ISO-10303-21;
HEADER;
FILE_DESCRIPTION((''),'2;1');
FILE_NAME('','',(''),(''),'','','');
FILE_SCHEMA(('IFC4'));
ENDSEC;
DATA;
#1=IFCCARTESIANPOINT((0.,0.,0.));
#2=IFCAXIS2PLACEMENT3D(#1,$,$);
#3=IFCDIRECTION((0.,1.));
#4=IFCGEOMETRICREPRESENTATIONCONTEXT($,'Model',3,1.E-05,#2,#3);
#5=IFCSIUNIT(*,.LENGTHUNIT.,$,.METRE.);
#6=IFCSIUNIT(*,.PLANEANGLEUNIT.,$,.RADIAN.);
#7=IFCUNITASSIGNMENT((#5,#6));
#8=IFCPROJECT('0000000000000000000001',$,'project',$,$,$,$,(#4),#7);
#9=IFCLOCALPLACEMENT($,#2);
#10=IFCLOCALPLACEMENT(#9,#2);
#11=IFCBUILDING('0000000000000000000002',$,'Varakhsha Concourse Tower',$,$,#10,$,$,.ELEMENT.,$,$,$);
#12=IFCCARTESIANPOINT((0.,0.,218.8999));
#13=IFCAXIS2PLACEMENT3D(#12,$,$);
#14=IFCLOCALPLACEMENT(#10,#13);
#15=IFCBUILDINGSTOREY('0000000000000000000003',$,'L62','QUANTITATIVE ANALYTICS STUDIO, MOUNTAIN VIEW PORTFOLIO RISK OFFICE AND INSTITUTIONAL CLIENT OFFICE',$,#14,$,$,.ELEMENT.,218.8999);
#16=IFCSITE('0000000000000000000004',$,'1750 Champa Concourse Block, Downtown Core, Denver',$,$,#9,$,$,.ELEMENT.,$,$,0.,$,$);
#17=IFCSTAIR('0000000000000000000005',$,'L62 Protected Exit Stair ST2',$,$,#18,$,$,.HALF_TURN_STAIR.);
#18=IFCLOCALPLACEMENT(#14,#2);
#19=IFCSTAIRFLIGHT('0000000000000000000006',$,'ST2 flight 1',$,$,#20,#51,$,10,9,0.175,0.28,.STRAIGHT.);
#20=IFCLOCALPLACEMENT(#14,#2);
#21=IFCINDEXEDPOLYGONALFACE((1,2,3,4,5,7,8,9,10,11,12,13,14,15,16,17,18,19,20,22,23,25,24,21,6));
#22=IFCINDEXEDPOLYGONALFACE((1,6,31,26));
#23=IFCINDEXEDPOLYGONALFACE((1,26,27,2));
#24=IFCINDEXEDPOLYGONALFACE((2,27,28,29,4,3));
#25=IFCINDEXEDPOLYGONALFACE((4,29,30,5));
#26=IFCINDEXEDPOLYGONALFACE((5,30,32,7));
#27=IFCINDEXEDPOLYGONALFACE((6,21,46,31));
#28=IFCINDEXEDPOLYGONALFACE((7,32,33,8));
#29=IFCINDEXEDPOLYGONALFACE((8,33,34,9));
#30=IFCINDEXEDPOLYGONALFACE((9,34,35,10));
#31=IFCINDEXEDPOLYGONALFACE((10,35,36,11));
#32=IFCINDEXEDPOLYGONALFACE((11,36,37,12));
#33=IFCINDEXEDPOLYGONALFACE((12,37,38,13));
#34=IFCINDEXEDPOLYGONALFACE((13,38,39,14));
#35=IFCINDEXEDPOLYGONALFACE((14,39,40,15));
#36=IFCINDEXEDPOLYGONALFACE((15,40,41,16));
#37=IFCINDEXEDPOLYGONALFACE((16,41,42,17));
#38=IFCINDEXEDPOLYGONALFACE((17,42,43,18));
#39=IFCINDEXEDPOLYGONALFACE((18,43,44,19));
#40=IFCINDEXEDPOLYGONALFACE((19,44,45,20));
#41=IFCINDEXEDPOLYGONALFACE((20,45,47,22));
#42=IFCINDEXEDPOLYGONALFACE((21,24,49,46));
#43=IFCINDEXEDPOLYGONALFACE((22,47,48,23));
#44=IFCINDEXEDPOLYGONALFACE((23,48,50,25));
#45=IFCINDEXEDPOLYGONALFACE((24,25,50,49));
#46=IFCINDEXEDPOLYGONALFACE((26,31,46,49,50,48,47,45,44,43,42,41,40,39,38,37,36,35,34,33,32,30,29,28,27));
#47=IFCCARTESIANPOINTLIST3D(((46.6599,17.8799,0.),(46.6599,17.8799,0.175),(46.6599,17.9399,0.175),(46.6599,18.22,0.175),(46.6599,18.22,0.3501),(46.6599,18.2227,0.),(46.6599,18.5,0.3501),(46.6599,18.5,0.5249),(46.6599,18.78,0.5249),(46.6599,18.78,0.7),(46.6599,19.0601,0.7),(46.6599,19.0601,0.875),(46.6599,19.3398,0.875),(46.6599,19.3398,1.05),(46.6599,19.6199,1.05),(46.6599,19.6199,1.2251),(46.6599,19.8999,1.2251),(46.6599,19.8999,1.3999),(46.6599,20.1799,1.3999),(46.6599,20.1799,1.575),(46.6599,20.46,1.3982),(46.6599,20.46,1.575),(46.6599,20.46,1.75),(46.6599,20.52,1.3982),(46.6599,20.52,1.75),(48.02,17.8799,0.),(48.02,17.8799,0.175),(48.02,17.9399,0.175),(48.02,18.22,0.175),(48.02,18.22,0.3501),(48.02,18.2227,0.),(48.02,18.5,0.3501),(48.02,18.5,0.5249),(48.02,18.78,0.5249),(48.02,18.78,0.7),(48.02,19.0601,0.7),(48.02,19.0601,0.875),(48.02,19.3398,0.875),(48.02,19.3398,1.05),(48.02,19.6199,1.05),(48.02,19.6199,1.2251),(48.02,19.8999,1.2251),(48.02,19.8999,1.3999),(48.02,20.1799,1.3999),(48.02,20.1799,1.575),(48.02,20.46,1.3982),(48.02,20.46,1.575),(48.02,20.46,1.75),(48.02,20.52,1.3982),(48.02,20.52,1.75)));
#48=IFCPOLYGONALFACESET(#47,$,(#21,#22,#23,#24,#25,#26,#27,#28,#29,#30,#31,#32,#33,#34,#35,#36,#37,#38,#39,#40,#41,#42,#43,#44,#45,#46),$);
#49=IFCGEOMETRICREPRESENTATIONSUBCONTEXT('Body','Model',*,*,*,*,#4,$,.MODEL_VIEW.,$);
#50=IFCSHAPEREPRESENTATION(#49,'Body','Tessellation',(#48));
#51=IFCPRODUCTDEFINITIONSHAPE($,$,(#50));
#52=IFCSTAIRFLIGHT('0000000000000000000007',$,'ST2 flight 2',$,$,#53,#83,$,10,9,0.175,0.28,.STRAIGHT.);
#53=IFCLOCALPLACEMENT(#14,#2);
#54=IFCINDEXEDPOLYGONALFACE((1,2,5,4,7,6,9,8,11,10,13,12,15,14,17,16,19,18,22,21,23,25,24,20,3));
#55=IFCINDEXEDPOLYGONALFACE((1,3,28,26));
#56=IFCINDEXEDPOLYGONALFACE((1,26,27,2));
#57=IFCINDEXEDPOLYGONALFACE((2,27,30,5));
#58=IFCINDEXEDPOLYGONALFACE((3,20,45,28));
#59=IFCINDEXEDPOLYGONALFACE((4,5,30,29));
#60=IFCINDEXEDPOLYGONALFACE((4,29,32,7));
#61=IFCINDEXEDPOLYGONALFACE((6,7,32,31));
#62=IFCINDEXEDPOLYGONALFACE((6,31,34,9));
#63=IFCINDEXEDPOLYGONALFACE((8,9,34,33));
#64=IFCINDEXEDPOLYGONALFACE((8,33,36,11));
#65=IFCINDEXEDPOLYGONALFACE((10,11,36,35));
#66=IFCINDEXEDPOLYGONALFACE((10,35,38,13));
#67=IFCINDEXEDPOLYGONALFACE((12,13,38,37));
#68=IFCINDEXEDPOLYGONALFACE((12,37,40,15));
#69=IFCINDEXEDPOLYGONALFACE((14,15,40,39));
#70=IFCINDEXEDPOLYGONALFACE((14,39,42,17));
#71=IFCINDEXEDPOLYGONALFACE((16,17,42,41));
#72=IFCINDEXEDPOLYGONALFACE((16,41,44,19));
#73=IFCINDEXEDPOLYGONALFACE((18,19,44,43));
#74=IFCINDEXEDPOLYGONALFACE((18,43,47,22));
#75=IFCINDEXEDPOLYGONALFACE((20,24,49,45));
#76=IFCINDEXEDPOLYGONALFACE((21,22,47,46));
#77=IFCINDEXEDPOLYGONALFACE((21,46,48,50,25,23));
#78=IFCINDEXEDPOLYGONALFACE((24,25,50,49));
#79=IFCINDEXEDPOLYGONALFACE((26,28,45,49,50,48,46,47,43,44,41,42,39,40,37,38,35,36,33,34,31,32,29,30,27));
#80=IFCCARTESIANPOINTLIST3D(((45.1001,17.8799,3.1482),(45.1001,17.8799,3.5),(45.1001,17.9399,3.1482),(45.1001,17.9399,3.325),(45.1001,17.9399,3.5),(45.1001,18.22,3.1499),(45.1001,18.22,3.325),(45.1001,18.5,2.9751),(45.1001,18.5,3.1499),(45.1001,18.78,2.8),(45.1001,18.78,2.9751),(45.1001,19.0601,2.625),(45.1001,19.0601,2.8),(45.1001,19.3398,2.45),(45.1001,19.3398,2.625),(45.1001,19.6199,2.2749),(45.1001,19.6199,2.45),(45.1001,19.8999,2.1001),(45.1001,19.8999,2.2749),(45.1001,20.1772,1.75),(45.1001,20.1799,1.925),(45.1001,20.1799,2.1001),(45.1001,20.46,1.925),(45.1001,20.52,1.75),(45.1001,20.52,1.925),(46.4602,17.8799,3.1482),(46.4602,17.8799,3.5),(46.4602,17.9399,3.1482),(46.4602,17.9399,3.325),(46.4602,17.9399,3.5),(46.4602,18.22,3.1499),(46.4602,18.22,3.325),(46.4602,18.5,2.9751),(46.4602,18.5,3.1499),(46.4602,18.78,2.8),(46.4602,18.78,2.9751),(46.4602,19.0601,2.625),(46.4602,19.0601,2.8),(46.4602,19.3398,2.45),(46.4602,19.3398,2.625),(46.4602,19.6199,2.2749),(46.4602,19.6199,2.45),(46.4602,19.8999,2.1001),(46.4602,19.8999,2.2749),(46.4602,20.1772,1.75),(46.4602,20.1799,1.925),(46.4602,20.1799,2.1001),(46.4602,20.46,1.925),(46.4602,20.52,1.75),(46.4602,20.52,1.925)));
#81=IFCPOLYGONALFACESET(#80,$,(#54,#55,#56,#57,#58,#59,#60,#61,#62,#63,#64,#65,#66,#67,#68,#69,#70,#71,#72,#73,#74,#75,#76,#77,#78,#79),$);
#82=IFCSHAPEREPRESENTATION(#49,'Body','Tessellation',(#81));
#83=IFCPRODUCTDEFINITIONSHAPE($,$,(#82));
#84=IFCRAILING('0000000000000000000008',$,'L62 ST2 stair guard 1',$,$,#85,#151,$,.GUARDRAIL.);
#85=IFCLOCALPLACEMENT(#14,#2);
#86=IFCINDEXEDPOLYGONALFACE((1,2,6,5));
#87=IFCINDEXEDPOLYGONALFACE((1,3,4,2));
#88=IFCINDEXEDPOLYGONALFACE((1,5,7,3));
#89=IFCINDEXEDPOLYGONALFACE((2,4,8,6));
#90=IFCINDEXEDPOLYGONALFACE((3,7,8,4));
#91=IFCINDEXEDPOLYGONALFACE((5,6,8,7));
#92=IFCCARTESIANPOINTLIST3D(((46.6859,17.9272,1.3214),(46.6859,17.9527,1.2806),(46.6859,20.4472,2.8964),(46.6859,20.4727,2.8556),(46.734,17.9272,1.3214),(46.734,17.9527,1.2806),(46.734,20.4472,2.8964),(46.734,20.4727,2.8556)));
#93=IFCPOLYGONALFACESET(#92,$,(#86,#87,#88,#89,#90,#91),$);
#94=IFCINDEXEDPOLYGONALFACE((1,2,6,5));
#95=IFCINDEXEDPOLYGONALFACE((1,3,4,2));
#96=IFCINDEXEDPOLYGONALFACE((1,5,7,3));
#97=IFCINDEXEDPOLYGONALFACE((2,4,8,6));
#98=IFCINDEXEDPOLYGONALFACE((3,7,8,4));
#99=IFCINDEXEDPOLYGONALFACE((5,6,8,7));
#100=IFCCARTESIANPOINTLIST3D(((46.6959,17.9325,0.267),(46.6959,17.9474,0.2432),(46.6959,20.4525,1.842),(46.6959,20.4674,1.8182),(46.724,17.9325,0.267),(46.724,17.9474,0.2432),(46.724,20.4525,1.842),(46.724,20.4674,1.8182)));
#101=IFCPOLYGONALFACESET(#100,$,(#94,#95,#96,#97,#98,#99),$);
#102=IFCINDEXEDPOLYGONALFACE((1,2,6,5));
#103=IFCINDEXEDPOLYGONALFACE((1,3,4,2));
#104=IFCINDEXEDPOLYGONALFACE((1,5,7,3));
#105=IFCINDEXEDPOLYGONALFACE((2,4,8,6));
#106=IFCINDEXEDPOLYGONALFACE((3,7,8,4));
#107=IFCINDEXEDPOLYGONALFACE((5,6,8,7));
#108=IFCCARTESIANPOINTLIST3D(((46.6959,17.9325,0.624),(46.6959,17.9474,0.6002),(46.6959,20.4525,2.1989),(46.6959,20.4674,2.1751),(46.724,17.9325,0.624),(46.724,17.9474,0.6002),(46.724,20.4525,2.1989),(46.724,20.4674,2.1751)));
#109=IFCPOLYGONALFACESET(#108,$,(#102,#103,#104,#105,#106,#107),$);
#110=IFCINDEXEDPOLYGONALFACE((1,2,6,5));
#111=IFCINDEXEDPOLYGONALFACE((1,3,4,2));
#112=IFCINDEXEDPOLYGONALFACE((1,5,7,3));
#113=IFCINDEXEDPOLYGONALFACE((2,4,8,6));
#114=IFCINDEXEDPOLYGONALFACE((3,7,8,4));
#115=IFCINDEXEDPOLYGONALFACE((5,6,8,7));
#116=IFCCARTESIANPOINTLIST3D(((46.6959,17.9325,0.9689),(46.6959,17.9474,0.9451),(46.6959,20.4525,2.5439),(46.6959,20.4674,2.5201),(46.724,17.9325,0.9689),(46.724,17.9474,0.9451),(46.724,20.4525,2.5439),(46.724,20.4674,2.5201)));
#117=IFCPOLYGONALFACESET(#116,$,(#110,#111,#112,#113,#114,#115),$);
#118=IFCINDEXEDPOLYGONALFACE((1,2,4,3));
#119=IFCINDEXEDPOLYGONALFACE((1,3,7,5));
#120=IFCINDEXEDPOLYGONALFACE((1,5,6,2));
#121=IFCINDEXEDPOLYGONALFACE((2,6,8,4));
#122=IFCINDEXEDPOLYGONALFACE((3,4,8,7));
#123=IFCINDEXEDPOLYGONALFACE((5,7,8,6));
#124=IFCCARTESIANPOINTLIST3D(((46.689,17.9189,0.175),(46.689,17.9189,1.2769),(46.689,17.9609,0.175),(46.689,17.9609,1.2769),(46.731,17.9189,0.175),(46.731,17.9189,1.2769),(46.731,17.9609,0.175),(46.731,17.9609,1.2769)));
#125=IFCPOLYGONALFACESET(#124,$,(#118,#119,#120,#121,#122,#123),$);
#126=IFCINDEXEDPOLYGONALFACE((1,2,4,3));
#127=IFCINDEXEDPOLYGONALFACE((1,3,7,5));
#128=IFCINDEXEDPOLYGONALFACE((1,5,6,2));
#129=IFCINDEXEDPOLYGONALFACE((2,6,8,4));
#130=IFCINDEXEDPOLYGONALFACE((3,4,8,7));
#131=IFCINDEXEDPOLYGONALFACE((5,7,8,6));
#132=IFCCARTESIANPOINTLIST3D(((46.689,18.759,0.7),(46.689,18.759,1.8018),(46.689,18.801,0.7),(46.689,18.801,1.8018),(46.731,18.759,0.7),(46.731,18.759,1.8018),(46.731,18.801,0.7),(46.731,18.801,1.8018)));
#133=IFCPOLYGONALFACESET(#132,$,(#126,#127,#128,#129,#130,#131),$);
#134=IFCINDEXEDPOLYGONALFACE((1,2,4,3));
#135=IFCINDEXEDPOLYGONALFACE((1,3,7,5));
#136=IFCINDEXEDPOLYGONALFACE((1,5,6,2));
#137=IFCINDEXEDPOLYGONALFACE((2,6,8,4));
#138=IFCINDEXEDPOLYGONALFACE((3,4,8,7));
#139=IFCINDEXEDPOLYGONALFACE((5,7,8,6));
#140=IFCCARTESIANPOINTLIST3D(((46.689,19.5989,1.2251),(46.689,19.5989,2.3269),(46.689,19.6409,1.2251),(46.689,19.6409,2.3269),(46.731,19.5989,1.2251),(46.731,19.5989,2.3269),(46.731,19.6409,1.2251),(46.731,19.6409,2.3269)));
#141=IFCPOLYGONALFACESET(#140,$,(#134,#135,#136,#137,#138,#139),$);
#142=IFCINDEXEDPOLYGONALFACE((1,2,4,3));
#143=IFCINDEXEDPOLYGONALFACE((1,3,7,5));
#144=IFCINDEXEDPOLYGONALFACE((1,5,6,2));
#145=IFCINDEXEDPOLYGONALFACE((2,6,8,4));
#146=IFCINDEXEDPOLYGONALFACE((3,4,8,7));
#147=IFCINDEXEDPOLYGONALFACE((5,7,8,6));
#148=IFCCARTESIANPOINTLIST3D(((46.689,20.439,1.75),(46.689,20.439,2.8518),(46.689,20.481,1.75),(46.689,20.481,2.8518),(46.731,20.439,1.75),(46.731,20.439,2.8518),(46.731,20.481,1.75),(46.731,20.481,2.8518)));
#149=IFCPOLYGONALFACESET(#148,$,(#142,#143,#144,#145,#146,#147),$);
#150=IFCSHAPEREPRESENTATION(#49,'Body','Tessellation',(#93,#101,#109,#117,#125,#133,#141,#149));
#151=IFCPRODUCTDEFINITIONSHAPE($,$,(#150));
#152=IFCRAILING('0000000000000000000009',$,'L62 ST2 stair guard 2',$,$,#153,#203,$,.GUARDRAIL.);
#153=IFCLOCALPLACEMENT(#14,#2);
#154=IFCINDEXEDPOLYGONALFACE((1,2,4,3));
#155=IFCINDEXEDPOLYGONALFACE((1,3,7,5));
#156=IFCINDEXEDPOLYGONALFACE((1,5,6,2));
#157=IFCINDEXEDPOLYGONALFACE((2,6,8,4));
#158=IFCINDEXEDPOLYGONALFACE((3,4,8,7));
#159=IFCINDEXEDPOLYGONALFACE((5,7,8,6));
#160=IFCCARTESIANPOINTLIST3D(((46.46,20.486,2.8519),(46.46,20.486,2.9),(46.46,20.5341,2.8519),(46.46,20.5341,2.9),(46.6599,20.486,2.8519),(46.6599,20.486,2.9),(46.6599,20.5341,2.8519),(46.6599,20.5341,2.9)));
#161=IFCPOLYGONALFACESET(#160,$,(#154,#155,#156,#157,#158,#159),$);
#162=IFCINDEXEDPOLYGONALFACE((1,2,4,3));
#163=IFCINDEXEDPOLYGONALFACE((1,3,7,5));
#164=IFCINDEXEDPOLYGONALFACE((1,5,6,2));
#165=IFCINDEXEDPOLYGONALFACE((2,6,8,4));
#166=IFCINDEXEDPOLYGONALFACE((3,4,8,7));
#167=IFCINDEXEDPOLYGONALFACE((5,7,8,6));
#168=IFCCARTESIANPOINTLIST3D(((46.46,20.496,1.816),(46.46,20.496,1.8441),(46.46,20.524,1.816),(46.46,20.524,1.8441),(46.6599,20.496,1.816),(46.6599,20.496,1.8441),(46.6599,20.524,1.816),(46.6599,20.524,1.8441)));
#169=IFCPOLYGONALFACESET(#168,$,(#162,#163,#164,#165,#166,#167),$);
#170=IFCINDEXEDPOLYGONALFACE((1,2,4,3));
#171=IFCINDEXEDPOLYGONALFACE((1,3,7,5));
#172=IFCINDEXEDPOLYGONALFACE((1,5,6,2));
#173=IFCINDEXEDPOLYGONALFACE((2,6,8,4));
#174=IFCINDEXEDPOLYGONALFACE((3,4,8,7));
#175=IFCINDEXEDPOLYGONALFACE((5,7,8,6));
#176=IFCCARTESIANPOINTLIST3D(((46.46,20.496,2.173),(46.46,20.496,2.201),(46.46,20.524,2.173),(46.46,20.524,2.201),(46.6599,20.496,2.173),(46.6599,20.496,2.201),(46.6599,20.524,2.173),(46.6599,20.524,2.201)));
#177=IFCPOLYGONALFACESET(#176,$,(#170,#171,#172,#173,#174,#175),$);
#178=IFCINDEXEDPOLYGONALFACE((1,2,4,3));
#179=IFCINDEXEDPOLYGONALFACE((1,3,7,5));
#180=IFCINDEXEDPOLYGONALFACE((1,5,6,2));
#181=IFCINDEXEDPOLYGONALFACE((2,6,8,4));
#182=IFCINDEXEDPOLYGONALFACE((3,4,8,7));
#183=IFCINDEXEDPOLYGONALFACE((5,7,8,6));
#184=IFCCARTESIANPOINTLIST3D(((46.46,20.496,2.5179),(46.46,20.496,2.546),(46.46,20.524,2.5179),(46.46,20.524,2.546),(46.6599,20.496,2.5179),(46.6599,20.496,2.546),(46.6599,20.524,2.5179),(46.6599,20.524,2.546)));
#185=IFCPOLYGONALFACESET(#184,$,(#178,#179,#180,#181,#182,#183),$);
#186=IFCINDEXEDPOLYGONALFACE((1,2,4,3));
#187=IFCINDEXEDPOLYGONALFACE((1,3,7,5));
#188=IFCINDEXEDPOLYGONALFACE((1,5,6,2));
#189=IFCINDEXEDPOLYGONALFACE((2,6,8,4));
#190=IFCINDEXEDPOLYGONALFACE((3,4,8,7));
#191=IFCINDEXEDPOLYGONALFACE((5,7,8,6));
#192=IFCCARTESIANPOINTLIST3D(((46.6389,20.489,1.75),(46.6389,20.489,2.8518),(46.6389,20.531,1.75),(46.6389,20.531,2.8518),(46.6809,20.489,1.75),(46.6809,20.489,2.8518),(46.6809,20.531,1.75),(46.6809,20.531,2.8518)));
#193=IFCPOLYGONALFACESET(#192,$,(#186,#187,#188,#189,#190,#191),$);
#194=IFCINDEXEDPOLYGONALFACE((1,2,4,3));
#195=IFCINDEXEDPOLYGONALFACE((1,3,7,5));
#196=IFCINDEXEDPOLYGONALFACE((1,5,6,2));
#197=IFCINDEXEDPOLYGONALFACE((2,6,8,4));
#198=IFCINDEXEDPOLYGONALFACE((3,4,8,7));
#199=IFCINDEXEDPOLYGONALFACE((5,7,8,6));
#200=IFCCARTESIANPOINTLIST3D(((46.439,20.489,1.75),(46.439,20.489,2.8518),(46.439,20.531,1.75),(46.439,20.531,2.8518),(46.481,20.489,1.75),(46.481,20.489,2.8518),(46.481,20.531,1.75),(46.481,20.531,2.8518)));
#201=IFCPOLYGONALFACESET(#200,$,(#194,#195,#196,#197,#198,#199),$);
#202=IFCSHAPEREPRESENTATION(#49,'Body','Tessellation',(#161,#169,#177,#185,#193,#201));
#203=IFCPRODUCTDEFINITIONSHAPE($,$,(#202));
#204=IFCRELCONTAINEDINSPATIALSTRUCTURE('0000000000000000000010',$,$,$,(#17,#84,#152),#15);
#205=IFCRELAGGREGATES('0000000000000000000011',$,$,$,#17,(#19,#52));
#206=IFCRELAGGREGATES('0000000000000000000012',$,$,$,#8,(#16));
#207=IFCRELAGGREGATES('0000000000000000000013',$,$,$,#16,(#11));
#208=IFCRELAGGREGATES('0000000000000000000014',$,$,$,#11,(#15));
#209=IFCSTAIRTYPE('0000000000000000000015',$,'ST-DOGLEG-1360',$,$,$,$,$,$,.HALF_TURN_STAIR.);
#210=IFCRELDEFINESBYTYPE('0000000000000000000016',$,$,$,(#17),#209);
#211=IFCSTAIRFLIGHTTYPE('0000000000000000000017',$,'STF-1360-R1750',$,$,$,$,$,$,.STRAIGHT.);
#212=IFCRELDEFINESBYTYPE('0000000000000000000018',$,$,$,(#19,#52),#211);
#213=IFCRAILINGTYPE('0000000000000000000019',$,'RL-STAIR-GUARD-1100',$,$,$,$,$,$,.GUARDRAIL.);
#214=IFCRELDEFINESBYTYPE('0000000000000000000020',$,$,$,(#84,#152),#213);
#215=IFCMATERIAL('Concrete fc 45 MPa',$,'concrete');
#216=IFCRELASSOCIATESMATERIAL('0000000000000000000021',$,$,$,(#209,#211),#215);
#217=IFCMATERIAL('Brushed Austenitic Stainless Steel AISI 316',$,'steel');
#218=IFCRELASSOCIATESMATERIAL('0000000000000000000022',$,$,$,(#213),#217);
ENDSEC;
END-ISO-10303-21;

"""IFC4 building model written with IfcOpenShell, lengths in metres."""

from ifc_helpers import new_model, si_unit, direction, frame, origin, origin_2d, place, context, subcontext, project, spatial, polyline, rectangle, outline, extrude, material, type_object, element, aggregate, save


model = new_model("IFC4")

# Units and contexts
model_context = context("Model", 3, precision=1e-05, world=origin(), true_north=direction((0.0, 1.0)))
body_context = subcontext(model_context, "Body", "Model", "MODEL_VIEW")
ifc_project = project(units=[si_unit("LENGTHUNIT", "METRE"), si_unit("PLANEANGLEUNIT", "RADIAN")], contexts=[model_context])

# Site, building, storey
site_placement = place(None, origin())
site = spatial("IfcSite", under=ifc_project, at=site_placement, Name="1750 Champa Concourse Block, Downtown Core, Denver", CompositionType="ELEMENT", RefElevation=0.0)
building_placement = place(site_placement, origin())
building = spatial("IfcBuilding", under=site, at=building_placement, Name="Varakhsha Concourse Tower", CompositionType="ELEMENT")
storey_placement = place(building_placement, frame((0.0, 0.0, 218.8999)))
storey = spatial("IfcBuildingStorey", under=building, at=storey_placement, Name="L62", Description="QUANTITATIVE ANALYTICS STUDIO, MOUNTAIN VIEW PORTFOLIO RISK OFFICE AND INSTITUTIONAL CLIENT OFFICE", CompositionType="ELEMENT", Elevation=218.8999)

# Shared definitions
ifc_material_1 = material(Name="Concrete fc 45 MPa", Category="concrete")

# Stair, stair flights
stair_type = type_object("IfcStairType", Name="ST-DOGLEG-1360", PredefinedType="HALF_TURN_STAIR", material=ifc_material_1)
stair_placement = place(storey_placement, origin())
stair = element("IfcStair", 1, at=stair_placement, inside=storey, type_object=stair_type, Name="L62 Protected Exit Stair ST2", PredefinedType="HALF_TURN_STAIR")
stair_flight_type = type_object("IfcStairFlightType", Name="STF-1360-R1750", PredefinedType="STRAIGHT", material=ifc_material_1)
stair_flight_1_placement = place(storey_placement, frame((47.3401, 17.9399, 0.0), z_axis=(0.0, 0.0, 1.0), x_axis=(0.0, 1.0, 0.0)))
stair_flight_1 = element("IfcStairFlight", 2, at=stair_flight_1_placement, type_object=stair_flight_type, Name="ST2 flight 1", NumberOfRisers=10, NumberOfTreads=9, PredefinedType="STRAIGHT", RiserHeight=0.175, TreadLength=0.28, context=body_context, shape_type="SweptSolid", body=[
    extrude(outline(polyline([(-0.0601, 0.0), (-0.0601, 0.175), (0.0, 0.175), (0.28, 0.175), (0.28, 0.3501), (0.5601, 0.3501), (0.5601, 0.5249), (0.8401, 0.5249), (0.8401, 0.7), (1.1201, 0.7), (1.1201, 0.875), (1.3999, 0.875), (1.3999, 1.05), (1.6799, 1.05), (1.6799, 1.2251), (1.96, 1.2251), (1.96, 1.3999), (2.24, 1.3999), (2.24, 1.575), (2.52, 1.575), (2.52, 1.75), (2.5801, 1.75), (2.5801, 1.3982), (2.52, 1.3982), (0.2827, 0.0), (-0.0601, 0.0)])), frame((0.0, 0.6802, 0.0), z_axis=(0.0, -1.0, 0.0), x_axis=(1.0, 0.0, 0.0)), (0.0, 0.0, 1.0), 1.3601),
])
stair_flight_2_placement = place(storey_placement, frame((45.78, 20.46, 1.75), z_axis=(0.0, 0.0, 1.0), x_axis=(0.0, -1.0, 0.0)))
stair_flight_2 = element("IfcStairFlight", 3, at=stair_flight_2_placement, type_object=stair_flight_type, Name="ST2 flight 2", NumberOfRisers=10, NumberOfTreads=9, PredefinedType="STRAIGHT", RiserHeight=0.175, TreadLength=0.28, context=body_context, shape_type="SweptSolid", body=[
    extrude(outline(polyline([(-0.0601, 0.0), (-0.0601, 0.175), (0.0, 0.175), (0.28, 0.175), (0.28, 0.3501), (0.5601, 0.3501), (0.5601, 0.5249), (0.8401, 0.5249), (0.8401, 0.7), (1.1201, 0.7), (1.1201, 0.875), (1.3999, 0.875), (1.3999, 1.05), (1.6799, 1.05), (1.6799, 1.2251), (1.96, 1.2251), (1.96, 1.3999), (2.24, 1.3999), (2.24, 1.575), (2.52, 1.575), (2.52, 1.75), (2.5801, 1.75), (2.5801, 1.3982), (2.52, 1.3982), (0.2827, 0.0), (-0.0601, 0.0)])), frame((0.0, 0.6802, 0.0), z_axis=(0.0, -1.0, 0.0), x_axis=(1.0, 0.0, 0.0)), (0.0, 0.0, 1.0), 1.3601),
])
aggregate(stair, [stair_flight_1, stair_flight_2])

# Railings
ifc_material_2 = material(Name="Brushed Austenitic Stainless Steel AISI 316", Category="steel")
railing_type_1 = type_object("IfcRailingType", Name="RL-STAIR-GUARD-1100", PredefinedType="GUARDRAIL", material=ifc_material_2)
railing_1_placement = place(storey_placement, frame((46.71, 17.9399, 0.175)))
element("IfcRailing", 4, at=railing_1_placement, inside=storey, type_object=railing_type_1, Name="L62 ST2 stair guard 1", PredefinedType="GUARDRAIL", context=body_context, shape_type="SweptSolid", body=[
    extrude(rectangle(XDim=0.0481, YDim=0.0481, at=origin_2d()), frame((0.0, 0.0, 1.126), z_axis=(0.0, 0.848008, 0.529984), x_axis=(-1.0, 0.0, 0.0)), (0.0, 0.0, 1.0), 2.9717),
    extrude(rectangle(XDim=0.0281, YDim=0.0281, at=origin_2d()), frame((0.0, 0.0, 0.0801), z_axis=(0.0, 0.848008, 0.529984), x_axis=(-1.0, 0.0, 0.0)), (0.0, 0.0, 1.0), 2.9717),
    extrude(rectangle(XDim=0.0281, YDim=0.0281, at=origin_2d()), frame((0.0, 0.0, 0.437), z_axis=(0.0, 0.848008, 0.529984), x_axis=(-1.0, 0.0, 0.0)), (0.0, 0.0, 1.0), 2.9717),
    extrude(rectangle(XDim=0.0281, YDim=0.0281, at=origin_2d()), frame((0.0, 0.0, 0.782), z_axis=(0.0, 0.848008, 0.529984), x_axis=(-1.0, 0.0, 0.0)), (0.0, 0.0, 1.0), 2.9717),
    extrude(rectangle(XDim=0.042, YDim=0.042, at=origin_2d()), origin(), (0.0, 0.0, 1.0), 1.1018),
    extrude(rectangle(XDim=0.042, YDim=0.042, at=origin_2d()), frame((0.0, 0.8401, 0.5249)), (0.0, 0.0, 1.0), 1.1018),
    extrude(rectangle(XDim=0.042, YDim=0.042, at=origin_2d()), frame((0.0, 1.6799, 1.05)), (0.0, 0.0, 1.0), 1.1018),
    extrude(rectangle(XDim=0.042, YDim=0.042, at=origin_2d()), frame((0.0, 2.52, 1.575)), (0.0, 0.0, 1.0), 1.1018),
])
railing_2_placement = place(storey_placement, frame((46.6599, 20.51, 1.75)))
element("IfcRailing", 5, at=railing_2_placement, inside=storey, type_object=railing_type_1, Name="L62 ST2 stair guard 2", PredefinedType="GUARDRAIL", context=body_context, shape_type="SweptSolid", body=[
    extrude(rectangle(XDim=0.0481, YDim=0.0481, at=origin_2d()), frame((0.0, 0.0, 1.126), z_axis=(-1.0, 0.0, 0.0), x_axis=(0.0, -1.0, 0.0)), (0.0, 0.0, 1.0), 0.2),
    extrude(rectangle(XDim=0.0281, YDim=0.0281, at=origin_2d()), frame((0.0, 0.0, 0.0801), z_axis=(-1.0, 0.0, 0.0), x_axis=(0.0, -1.0, 0.0)), (0.0, 0.0, 1.0), 0.2),
    extrude(rectangle(XDim=0.0281, YDim=0.0281, at=origin_2d()), frame((0.0, 0.0, 0.437), z_axis=(-1.0, 0.0, 0.0), x_axis=(0.0, -1.0, 0.0)), (0.0, 0.0, 1.0), 0.2),
    extrude(rectangle(XDim=0.0281, YDim=0.0281, at=origin_2d()), frame((0.0, 0.0, 0.782), z_axis=(-1.0, 0.0, 0.0), x_axis=(0.0, -1.0, 0.0)), (0.0, 0.0, 1.0), 0.2),
    extrude(rectangle(XDim=0.042, YDim=0.042, at=origin_2d()), origin(), (0.0, 0.0, 1.0), 1.1018),
    extrude(rectangle(XDim=0.042, YDim=0.042, at=origin_2d()), frame((-0.2, 0.0, 0.0)), (0.0, 0.0, 1.0), 1.1018),
])

save(model, "model.ifc")
